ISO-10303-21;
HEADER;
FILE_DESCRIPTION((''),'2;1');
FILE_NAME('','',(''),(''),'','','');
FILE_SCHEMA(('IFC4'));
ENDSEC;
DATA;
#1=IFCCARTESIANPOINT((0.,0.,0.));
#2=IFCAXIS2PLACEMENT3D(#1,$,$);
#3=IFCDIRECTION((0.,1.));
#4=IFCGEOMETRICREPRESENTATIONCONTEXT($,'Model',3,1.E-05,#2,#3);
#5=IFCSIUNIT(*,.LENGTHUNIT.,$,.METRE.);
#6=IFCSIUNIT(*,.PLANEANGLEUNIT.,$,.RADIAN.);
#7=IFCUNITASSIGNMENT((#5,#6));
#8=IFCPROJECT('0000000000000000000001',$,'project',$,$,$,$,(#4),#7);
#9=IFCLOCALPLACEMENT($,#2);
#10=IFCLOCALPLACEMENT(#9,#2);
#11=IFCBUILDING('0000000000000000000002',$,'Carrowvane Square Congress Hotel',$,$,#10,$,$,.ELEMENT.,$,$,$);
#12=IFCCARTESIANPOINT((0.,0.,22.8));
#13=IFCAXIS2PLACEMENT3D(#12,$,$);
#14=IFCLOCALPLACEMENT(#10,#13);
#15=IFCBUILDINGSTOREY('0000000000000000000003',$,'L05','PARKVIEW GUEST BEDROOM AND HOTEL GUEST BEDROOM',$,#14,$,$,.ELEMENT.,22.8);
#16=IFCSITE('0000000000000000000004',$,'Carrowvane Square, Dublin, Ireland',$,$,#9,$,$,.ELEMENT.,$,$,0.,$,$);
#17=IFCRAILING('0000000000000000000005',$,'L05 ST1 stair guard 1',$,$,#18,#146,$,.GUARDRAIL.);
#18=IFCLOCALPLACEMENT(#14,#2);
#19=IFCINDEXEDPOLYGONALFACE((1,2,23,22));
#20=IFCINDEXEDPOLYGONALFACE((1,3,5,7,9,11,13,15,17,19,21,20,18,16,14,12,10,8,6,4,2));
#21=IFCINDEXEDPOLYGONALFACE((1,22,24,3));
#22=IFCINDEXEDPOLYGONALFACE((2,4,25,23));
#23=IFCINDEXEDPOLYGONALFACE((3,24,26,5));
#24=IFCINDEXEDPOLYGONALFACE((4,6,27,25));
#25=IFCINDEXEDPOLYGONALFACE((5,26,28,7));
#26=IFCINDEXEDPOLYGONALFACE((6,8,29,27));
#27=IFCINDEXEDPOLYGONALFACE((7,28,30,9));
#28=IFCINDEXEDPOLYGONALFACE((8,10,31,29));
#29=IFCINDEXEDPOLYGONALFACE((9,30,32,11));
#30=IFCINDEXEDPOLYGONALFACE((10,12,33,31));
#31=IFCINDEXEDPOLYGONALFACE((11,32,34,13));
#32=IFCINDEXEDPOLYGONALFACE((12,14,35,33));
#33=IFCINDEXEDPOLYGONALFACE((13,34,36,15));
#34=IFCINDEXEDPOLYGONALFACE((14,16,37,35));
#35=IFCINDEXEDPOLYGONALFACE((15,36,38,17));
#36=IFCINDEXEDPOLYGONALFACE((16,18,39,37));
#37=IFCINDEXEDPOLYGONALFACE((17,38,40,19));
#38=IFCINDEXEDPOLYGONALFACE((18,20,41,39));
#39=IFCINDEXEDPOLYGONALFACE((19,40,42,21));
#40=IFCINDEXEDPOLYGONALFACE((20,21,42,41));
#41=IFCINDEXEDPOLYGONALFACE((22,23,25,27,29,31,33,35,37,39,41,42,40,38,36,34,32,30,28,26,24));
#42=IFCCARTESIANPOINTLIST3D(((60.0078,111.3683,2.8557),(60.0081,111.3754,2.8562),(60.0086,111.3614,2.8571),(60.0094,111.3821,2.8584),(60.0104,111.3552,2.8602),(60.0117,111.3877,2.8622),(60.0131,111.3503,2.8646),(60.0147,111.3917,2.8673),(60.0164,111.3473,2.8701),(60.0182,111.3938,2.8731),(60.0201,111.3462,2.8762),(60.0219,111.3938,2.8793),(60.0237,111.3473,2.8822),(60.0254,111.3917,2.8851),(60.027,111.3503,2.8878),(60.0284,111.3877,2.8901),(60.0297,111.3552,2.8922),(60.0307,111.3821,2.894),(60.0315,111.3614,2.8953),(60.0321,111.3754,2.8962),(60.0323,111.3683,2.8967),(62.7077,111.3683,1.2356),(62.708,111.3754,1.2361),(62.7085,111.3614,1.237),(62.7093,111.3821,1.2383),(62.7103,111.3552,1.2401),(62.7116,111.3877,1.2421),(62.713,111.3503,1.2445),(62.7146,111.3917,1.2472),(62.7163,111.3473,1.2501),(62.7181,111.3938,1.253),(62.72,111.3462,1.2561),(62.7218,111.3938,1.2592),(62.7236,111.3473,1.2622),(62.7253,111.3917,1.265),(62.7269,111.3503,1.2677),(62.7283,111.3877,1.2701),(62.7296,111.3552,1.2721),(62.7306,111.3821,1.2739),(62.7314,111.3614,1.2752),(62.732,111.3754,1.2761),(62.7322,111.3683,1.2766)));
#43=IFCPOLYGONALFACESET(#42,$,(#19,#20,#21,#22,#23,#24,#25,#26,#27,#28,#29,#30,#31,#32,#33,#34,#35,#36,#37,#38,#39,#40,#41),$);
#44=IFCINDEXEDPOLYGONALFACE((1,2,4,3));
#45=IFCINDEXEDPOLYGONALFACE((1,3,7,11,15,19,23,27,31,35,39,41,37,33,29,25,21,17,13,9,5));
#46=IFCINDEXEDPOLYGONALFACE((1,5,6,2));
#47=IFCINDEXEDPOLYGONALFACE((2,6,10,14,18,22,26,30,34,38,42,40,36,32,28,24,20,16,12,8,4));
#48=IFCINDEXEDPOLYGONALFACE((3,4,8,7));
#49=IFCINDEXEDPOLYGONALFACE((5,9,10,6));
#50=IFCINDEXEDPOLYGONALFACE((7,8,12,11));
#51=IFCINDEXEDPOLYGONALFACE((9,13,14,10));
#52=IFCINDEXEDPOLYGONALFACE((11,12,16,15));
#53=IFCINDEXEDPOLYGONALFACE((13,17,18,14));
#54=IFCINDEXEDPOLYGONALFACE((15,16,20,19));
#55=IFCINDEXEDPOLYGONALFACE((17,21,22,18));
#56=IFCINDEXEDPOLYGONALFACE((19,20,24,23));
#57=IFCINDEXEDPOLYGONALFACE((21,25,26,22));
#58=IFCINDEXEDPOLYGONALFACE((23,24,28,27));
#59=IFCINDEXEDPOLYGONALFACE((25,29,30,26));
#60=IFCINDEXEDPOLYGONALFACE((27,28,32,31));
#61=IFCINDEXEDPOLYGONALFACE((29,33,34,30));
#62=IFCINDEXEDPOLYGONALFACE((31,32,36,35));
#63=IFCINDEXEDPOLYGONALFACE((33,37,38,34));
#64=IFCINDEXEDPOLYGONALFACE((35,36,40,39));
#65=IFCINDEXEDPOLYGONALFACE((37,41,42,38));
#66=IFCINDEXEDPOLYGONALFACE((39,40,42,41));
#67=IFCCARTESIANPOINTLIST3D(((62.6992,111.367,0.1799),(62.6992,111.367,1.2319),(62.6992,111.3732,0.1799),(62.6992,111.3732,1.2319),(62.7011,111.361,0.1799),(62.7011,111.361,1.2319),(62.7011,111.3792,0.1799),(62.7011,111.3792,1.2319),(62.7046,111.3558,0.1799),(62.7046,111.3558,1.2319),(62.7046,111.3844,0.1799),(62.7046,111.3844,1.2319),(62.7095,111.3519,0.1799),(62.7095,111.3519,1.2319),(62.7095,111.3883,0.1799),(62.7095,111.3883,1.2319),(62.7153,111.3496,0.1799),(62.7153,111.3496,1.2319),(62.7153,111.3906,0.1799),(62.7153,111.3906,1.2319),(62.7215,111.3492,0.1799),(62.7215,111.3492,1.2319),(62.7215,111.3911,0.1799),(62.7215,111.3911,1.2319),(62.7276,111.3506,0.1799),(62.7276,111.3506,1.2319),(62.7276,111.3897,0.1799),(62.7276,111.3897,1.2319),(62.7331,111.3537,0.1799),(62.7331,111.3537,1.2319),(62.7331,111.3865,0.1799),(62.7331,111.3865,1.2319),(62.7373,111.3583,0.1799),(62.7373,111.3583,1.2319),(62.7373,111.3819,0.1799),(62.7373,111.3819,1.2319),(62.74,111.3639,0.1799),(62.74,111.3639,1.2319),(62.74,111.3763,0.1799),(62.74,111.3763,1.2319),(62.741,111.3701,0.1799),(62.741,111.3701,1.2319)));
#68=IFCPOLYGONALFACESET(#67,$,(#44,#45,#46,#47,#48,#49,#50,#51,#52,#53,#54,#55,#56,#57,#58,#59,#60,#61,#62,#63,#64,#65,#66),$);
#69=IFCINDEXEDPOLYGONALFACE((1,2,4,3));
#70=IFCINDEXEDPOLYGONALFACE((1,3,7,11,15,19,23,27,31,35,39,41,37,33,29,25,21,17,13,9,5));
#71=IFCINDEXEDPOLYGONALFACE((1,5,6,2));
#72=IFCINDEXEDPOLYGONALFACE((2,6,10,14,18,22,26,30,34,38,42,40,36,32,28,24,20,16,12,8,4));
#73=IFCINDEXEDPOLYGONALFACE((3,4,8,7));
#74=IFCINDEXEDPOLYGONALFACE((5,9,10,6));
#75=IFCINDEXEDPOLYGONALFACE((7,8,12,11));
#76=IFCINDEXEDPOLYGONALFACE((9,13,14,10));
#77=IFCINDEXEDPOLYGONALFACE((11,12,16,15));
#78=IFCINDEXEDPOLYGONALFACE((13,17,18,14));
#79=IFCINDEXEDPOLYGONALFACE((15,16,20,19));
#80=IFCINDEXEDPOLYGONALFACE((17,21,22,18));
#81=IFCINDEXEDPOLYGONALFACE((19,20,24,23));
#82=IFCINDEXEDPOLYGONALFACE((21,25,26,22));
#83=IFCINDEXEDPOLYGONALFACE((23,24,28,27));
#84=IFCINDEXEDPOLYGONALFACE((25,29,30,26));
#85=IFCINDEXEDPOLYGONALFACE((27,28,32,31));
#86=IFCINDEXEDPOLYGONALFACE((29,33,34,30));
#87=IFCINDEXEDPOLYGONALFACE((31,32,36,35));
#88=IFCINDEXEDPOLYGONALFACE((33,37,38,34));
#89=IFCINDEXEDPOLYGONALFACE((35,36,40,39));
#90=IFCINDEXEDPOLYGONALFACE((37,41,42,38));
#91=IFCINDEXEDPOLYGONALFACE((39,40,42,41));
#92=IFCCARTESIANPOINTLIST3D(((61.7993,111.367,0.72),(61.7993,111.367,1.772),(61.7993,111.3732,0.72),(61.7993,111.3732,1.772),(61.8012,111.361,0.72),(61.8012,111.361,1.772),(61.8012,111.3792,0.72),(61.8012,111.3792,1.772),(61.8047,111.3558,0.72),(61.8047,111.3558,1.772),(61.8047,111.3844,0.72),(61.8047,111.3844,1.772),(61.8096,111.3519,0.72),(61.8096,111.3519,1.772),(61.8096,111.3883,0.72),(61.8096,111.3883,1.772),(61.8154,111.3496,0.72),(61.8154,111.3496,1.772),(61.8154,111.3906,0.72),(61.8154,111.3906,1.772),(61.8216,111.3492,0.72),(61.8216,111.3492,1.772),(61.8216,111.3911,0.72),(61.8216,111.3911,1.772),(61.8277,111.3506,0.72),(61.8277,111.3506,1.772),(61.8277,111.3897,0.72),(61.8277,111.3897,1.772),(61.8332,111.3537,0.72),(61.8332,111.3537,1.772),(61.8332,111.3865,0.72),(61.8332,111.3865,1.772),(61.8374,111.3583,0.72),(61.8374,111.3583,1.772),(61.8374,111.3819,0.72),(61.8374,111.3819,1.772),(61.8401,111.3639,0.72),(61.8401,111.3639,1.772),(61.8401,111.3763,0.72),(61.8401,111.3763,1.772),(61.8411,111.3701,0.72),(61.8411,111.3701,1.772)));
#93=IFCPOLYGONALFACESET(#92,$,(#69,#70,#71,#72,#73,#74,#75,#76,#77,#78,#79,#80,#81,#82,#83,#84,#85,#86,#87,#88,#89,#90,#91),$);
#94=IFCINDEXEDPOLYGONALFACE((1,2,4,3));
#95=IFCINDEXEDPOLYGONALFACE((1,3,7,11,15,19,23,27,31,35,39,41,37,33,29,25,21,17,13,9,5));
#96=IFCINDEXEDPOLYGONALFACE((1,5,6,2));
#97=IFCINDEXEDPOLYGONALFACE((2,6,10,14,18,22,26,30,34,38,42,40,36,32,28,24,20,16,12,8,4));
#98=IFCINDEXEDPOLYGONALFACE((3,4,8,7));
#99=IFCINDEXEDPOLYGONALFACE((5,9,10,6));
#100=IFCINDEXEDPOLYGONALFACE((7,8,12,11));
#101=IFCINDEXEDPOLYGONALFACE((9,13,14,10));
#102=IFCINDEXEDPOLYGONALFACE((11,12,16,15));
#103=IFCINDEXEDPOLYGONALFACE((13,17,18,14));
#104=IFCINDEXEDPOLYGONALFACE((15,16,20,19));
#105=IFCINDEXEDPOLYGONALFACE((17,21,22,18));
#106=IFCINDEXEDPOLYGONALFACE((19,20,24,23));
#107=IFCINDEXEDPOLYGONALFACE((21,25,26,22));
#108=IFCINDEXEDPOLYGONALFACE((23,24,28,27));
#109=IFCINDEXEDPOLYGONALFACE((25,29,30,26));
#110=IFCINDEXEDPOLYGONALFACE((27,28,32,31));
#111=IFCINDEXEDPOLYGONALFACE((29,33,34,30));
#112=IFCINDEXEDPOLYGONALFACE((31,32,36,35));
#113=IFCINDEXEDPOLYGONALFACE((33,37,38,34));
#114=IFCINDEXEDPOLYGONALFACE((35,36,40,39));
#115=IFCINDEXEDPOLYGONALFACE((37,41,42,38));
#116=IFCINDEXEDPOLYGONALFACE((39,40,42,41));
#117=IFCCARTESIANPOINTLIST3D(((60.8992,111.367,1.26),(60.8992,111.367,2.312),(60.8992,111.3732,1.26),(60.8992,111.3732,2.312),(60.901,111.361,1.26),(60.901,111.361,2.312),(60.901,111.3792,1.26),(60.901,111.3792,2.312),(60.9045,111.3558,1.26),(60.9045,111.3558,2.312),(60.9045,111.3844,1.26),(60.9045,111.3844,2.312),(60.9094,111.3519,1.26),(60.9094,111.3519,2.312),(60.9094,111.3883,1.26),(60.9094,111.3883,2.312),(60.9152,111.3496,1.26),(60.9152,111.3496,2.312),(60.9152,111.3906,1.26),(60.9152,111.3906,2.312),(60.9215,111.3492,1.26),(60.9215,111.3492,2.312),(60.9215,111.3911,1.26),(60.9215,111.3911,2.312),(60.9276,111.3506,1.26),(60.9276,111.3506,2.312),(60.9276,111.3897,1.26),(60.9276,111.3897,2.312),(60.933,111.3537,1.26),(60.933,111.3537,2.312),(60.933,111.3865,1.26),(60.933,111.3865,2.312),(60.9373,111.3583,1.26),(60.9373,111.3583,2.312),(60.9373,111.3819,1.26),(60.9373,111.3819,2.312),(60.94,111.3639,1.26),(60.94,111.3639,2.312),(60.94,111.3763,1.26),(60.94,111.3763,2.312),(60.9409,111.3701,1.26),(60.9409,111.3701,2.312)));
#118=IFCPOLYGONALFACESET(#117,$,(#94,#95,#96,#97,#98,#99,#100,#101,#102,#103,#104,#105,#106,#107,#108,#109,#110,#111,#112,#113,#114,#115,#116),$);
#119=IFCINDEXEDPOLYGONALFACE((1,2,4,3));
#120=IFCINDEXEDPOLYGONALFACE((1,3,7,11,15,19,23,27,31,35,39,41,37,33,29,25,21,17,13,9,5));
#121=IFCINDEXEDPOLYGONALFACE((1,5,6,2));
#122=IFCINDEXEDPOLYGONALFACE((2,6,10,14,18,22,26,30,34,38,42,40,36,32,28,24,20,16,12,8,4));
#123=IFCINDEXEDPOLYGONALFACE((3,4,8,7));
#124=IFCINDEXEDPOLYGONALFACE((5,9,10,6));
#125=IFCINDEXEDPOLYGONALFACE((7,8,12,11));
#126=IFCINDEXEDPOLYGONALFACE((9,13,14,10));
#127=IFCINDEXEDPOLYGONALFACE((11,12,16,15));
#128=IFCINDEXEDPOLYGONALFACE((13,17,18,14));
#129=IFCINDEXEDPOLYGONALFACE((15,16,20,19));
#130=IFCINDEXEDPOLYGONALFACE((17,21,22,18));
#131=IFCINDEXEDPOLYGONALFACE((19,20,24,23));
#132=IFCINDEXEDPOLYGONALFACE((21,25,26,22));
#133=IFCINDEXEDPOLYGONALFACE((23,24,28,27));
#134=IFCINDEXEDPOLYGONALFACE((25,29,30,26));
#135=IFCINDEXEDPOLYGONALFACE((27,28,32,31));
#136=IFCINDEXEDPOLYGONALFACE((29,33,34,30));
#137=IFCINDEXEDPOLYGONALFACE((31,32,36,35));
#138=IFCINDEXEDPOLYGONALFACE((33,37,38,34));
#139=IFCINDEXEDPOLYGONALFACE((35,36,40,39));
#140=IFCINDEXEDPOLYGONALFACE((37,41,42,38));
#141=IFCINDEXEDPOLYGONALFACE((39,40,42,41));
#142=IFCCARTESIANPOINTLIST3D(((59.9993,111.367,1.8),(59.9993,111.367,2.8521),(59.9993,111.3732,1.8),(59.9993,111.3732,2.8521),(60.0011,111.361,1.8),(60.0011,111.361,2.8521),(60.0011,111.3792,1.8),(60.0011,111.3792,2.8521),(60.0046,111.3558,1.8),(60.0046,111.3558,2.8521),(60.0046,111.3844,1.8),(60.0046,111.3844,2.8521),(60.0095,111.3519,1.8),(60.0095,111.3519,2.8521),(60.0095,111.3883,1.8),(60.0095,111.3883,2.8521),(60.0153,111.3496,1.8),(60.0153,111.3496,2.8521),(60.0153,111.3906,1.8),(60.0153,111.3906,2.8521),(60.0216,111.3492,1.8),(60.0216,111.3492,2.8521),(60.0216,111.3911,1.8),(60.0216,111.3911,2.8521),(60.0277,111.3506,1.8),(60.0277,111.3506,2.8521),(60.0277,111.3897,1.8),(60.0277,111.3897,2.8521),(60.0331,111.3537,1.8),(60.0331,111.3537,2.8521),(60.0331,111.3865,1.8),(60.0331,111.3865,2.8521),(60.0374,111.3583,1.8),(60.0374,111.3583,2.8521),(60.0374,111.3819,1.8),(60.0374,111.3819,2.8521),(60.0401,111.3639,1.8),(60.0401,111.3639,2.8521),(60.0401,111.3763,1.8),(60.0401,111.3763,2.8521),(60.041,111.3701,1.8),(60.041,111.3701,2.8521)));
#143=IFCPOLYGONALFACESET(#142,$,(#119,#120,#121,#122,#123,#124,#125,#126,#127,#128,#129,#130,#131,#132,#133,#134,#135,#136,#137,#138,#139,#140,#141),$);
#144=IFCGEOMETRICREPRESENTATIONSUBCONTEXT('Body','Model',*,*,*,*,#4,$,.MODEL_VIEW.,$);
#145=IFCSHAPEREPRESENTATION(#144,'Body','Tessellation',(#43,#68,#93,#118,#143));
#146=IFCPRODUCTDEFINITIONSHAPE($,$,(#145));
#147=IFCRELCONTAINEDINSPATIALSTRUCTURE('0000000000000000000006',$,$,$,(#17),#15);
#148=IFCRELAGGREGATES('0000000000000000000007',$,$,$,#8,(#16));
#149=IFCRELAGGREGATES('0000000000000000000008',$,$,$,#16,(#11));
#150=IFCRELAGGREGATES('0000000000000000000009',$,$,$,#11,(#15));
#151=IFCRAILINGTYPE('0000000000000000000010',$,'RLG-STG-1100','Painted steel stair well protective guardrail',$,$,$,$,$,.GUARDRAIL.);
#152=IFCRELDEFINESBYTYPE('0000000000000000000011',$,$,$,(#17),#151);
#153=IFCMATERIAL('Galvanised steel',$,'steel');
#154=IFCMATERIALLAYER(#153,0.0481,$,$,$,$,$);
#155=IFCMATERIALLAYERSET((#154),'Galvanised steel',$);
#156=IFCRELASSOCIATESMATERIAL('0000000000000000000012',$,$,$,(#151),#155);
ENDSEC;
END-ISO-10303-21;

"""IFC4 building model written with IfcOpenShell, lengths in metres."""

from ifc_helpers import new_model, si_unit, direction, frame, origin, origin_2d, place, context, subcontext, project, spatial, circle, extrude, material, layer, layer_set, type_object, element, save


model = new_model("IFC4")

# Units and contexts
model_context = context("Model", 3, precision=1e-05, world=origin(), true_north=direction((0.0, 1.0)))
body_context = subcontext(model_context, "Body", "Model", "MODEL_VIEW")
ifc_project = project(units=[si_unit("LENGTHUNIT", "METRE"), si_unit("PLANEANGLEUNIT", "RADIAN")], contexts=[model_context])

# Site, building, storey
site_placement = place(None, origin())
site = spatial("IfcSite", under=ifc_project, at=site_placement, Name="Carrowvane Square, Dublin, Ireland", CompositionType="ELEMENT", RefElevation=0.0)
building_placement = place(site_placement, origin())
building = spatial("IfcBuilding", under=site, at=building_placement, Name="Carrowvane Square Congress Hotel", CompositionType="ELEMENT")
storey_placement = place(building_placement, frame((0.0, 0.0, 22.8)))
storey = spatial("IfcBuildingStorey", under=building, at=storey_placement, Name="L05", Description="PARKVIEW GUEST BEDROOM AND HOTEL GUEST BEDROOM", CompositionType="ELEMENT", Elevation=22.8)

# Railing
ifc_material_1 = material(Name="Galvanised steel", Category="steel")
ifc_layer_1 = layer(ifc_material_1, 0.0481)
ifc_layer_set_1 = layer_set([ifc_layer_1], Name="Galvanised steel")
railing_type_1 = type_object("IfcRailingType", Name="RLG-STG-1100", Description="Painted steel stair well protective guardrail", PredefinedType="GUARDRAIL", material=ifc_layer_set_1)
railing_1_placement = place(storey_placement, frame((62.72, 111.3701, 0.1799)))
element("IfcRailing", 1, at=railing_1_placement, inside=storey, type_object=railing_type_1, Name="L05 ST1 stair guard 1", PredefinedType="GUARDRAIL", context=body_context, shape_type="SweptSolid", body=[
    extrude(circle(Radius=0.0239, at=origin_2d()), frame((0.0, 0.0, 1.0762), z_axis=(-0.857472, 0.0, 0.51453), x_axis=(0.0, -1.0, 0.0)), (0.0, 0.0, 1.0), 3.1487),
    extrude(circle(Radius=0.021, at=origin_2d()), origin(), (0.0, 0.0, 1.0), 1.052),
    extrude(circle(Radius=0.021, at=origin_2d()), frame((-0.8999, 0.0, 0.54)), (0.0, 0.0, 1.0), 1.052),
    extrude(circle(Radius=0.021, at=origin_2d()), frame((-1.8, 0.0, 1.0801)), (0.0, 0.0, 1.0), 1.052),
    extrude(circle(Radius=0.021, at=origin_2d()), frame((-2.7, 0.0, 1.6201)), (0.0, 0.0, 1.0), 1.052),
])

save(model, "model.ifc")
